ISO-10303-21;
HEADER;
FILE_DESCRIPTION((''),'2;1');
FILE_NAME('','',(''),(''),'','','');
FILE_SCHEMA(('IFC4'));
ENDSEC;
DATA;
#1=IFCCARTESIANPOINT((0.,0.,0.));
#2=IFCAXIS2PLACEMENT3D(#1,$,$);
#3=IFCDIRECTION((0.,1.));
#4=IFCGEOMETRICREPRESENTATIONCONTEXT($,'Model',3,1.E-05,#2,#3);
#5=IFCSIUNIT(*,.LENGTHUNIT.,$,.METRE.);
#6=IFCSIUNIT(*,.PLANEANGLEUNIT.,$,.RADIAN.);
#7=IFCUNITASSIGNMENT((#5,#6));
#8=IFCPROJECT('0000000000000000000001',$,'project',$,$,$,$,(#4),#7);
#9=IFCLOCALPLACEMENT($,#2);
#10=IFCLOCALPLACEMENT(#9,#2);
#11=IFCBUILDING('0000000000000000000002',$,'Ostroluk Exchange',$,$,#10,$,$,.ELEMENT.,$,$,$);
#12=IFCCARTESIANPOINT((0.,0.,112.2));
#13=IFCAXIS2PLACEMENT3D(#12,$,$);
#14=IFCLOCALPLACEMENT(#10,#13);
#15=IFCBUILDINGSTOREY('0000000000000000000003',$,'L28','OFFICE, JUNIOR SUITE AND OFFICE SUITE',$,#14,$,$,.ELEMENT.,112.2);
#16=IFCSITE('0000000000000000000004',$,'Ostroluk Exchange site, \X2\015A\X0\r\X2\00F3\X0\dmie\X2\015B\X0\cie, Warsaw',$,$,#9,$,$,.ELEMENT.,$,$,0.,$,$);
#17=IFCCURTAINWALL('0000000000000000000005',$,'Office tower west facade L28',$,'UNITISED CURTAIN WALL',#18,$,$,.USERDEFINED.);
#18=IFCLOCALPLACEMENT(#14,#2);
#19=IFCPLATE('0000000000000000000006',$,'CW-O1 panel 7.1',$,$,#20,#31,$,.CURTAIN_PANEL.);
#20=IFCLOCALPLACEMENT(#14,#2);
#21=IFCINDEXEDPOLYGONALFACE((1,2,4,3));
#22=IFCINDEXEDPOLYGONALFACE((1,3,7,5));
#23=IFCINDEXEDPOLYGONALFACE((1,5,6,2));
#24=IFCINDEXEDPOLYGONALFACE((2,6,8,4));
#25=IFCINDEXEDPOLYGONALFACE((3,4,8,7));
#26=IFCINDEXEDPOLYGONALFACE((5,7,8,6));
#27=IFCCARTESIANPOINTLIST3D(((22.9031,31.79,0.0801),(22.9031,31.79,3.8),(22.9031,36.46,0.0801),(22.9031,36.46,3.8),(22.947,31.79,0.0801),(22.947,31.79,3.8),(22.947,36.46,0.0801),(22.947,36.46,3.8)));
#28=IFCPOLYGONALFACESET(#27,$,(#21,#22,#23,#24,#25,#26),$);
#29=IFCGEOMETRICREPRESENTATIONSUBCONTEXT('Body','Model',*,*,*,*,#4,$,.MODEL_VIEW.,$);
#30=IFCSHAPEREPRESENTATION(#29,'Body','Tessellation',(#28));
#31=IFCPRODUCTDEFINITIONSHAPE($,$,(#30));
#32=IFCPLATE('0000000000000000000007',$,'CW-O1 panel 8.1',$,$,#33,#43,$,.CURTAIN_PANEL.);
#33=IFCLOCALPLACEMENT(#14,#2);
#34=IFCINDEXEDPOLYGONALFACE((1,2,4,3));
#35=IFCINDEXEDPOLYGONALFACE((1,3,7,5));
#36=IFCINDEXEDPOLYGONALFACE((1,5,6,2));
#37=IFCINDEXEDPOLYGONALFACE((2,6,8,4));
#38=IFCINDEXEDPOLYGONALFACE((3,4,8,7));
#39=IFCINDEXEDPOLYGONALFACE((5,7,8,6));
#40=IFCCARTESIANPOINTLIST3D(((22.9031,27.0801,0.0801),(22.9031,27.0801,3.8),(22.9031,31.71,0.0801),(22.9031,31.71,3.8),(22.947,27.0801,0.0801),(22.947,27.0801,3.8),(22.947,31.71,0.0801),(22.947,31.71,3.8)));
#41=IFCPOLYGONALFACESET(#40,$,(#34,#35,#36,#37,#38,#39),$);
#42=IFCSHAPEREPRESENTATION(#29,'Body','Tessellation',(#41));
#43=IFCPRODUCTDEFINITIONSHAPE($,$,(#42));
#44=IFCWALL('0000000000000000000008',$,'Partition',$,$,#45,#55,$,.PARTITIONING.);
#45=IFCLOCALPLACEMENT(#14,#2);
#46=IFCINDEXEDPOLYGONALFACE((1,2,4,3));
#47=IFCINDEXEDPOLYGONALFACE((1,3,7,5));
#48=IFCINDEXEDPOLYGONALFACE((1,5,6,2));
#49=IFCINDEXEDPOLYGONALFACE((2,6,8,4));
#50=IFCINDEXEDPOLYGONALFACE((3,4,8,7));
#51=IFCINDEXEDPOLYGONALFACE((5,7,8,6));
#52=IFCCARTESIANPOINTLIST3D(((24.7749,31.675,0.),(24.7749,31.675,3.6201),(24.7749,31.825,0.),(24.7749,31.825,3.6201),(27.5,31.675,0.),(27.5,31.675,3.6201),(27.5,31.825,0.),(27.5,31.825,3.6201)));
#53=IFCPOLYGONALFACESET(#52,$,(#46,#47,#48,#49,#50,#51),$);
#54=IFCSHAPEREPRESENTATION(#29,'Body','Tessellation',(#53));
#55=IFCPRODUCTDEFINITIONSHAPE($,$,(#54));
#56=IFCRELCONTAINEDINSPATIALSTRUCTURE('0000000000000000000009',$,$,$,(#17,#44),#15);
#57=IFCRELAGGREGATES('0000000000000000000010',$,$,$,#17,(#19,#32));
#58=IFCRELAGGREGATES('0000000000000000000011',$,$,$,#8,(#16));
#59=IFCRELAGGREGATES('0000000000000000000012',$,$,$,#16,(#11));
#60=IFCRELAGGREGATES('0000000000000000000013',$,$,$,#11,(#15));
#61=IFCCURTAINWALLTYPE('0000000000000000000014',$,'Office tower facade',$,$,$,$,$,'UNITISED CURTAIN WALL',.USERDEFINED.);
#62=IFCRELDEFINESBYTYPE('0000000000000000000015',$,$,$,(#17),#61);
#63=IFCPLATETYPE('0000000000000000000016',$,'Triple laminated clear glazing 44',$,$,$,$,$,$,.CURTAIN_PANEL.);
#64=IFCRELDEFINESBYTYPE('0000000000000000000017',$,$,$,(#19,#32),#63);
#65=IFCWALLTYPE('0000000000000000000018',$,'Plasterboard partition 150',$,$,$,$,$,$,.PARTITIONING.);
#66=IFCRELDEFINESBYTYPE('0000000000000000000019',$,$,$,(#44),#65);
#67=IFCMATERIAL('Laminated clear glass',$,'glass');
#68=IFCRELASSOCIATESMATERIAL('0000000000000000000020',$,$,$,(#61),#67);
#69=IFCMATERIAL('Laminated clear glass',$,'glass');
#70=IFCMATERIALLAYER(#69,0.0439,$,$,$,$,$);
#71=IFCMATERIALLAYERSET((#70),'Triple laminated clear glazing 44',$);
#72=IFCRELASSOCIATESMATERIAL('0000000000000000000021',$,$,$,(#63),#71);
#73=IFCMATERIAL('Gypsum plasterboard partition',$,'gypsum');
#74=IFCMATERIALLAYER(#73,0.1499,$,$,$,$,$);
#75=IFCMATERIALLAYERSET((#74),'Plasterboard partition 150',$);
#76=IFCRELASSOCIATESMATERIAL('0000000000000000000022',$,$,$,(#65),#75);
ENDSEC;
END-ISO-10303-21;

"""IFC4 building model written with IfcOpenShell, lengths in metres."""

from ifc_helpers import new_model, si_unit, direction, frame, frame_2d, origin, origin_2d, place, context, subcontext, project, spatial, rectangle, extrude, material, layer, layer_set, type_object, element, aggregate, save


model = new_model("IFC4")

# Units and contexts
model_context = context("Model", 3, precision=1e-05, world=origin(), true_north=direction((0.0, 1.0)))
body_context = subcontext(model_context, "Body", "Model", "MODEL_VIEW")
ifc_project = project(units=[si_unit("LENGTHUNIT", "METRE"), si_unit("PLANEANGLEUNIT", "RADIAN")], contexts=[model_context])

# Site, building, storey
site_placement = place(None, origin())
site = spatial("IfcSite", under=ifc_project, at=site_placement, Name="Ostroluk Exchange site, Śródmieście, Warsaw", CompositionType="ELEMENT", RefElevation=0.0)
building_placement = place(site_placement, origin())
building = spatial("IfcBuilding", under=site, at=building_placement, Name="Ostroluk Exchange", CompositionType="ELEMENT")
storey_placement = place(building_placement, frame((0.0, 0.0, 112.2)))
storey = spatial("IfcBuildingStorey", under=building, at=storey_placement, Name="L28", Description="OFFICE, JUNIOR SUITE AND OFFICE SUITE", CompositionType="ELEMENT", Elevation=112.2)

# Curtain wall, plates
ifc_material_1 = material(Name="Laminated clear glass", Category="glass")
curtain_wall_type = type_object("IfcCurtainWallType", Name="Office tower facade", ElementType="UNITISED CURTAIN WALL", PredefinedType="USERDEFINED", material=ifc_material_1)
curtain_wall_placement = place(storey_placement, origin())
curtain_wall = element("IfcCurtainWall", 1, at=curtain_wall_placement, inside=storey, type_object=curtain_wall_type, Name="Office tower west facade L28", ObjectType="UNITISED CURTAIN WALL", PredefinedType="USERDEFINED")
ifc_material_2 = material(Name="Laminated clear glass", Category="glass")
ifc_layer_1 = layer(ifc_material_2, 0.0439)
ifc_layer_set_1 = layer_set([ifc_layer_1], Name="Triple laminated clear glazing 44")
plate_type = type_object("IfcPlateType", Name="Triple laminated clear glazing 44", PredefinedType="CURTAIN_PANEL", material=ifc_layer_set_1)
plate_1_placement = place(storey_placement, frame((22.925, 34.125, 0.0801), z_axis=(0.0, 0.0, 1.0), x_axis=(0.0, -1.0, 0.0)))
plate_1 = element("IfcPlate", 2, at=plate_1_placement, type_object=plate_type, Name="CW-O1 panel 7.1", PredefinedType="CURTAIN_PANEL", context=body_context, shape_type="SweptSolid", body=[
    extrude(rectangle(XDim=4.6699, YDim=0.0439, at=origin_2d()), origin(), (0.0, 0.0, 1.0), 3.72),
])
plate_2_placement = place(storey_placement, frame((22.925, 29.395, 0.0801), z_axis=(0.0, 0.0, 1.0), x_axis=(0.0, -1.0, 0.0)))
plate_2 = element("IfcPlate", 3, at=plate_2_placement, type_object=plate_type, Name="CW-O1 panel 8.1", PredefinedType="CURTAIN_PANEL", context=body_context, shape_type="SweptSolid", body=[
    extrude(rectangle(XDim=4.6299, YDim=0.0439, at=origin_2d()), origin(), (0.0, 0.0, 1.0), 3.72),
])
aggregate(curtain_wall, [plate_1, plate_2])

# Wall
ifc_material_3 = material(Name="Gypsum plasterboard partition", Category="gypsum")
ifc_layer_2 = layer(ifc_material_3, 0.1499)
ifc_layer_set_2 = layer_set([ifc_layer_2], Name="Plasterboard partition 150")
wall_type = type_object("IfcWallType", Name="Plasterboard partition 150", PredefinedType="PARTITIONING", material=ifc_layer_set_2)
wall_placement = place(storey_placement, frame((27.5, 31.75, 0.0), z_axis=(0.0, 0.0, 1.0), x_axis=(-1.0, 0.0, 0.0)))
element("IfcWall", 4, at=wall_placement, inside=storey, type_object=wall_type, Name="Partition", PredefinedType="PARTITIONING", context=body_context, shape_type="SweptSolid", body=[
    extrude(rectangle(XDim=2.7251, YDim=0.1499, at=frame_2d((1.3625, 0.0))), origin(), (0.0, 0.0, 1.0), 3.6201),
])

save(model, "model.ifc")
